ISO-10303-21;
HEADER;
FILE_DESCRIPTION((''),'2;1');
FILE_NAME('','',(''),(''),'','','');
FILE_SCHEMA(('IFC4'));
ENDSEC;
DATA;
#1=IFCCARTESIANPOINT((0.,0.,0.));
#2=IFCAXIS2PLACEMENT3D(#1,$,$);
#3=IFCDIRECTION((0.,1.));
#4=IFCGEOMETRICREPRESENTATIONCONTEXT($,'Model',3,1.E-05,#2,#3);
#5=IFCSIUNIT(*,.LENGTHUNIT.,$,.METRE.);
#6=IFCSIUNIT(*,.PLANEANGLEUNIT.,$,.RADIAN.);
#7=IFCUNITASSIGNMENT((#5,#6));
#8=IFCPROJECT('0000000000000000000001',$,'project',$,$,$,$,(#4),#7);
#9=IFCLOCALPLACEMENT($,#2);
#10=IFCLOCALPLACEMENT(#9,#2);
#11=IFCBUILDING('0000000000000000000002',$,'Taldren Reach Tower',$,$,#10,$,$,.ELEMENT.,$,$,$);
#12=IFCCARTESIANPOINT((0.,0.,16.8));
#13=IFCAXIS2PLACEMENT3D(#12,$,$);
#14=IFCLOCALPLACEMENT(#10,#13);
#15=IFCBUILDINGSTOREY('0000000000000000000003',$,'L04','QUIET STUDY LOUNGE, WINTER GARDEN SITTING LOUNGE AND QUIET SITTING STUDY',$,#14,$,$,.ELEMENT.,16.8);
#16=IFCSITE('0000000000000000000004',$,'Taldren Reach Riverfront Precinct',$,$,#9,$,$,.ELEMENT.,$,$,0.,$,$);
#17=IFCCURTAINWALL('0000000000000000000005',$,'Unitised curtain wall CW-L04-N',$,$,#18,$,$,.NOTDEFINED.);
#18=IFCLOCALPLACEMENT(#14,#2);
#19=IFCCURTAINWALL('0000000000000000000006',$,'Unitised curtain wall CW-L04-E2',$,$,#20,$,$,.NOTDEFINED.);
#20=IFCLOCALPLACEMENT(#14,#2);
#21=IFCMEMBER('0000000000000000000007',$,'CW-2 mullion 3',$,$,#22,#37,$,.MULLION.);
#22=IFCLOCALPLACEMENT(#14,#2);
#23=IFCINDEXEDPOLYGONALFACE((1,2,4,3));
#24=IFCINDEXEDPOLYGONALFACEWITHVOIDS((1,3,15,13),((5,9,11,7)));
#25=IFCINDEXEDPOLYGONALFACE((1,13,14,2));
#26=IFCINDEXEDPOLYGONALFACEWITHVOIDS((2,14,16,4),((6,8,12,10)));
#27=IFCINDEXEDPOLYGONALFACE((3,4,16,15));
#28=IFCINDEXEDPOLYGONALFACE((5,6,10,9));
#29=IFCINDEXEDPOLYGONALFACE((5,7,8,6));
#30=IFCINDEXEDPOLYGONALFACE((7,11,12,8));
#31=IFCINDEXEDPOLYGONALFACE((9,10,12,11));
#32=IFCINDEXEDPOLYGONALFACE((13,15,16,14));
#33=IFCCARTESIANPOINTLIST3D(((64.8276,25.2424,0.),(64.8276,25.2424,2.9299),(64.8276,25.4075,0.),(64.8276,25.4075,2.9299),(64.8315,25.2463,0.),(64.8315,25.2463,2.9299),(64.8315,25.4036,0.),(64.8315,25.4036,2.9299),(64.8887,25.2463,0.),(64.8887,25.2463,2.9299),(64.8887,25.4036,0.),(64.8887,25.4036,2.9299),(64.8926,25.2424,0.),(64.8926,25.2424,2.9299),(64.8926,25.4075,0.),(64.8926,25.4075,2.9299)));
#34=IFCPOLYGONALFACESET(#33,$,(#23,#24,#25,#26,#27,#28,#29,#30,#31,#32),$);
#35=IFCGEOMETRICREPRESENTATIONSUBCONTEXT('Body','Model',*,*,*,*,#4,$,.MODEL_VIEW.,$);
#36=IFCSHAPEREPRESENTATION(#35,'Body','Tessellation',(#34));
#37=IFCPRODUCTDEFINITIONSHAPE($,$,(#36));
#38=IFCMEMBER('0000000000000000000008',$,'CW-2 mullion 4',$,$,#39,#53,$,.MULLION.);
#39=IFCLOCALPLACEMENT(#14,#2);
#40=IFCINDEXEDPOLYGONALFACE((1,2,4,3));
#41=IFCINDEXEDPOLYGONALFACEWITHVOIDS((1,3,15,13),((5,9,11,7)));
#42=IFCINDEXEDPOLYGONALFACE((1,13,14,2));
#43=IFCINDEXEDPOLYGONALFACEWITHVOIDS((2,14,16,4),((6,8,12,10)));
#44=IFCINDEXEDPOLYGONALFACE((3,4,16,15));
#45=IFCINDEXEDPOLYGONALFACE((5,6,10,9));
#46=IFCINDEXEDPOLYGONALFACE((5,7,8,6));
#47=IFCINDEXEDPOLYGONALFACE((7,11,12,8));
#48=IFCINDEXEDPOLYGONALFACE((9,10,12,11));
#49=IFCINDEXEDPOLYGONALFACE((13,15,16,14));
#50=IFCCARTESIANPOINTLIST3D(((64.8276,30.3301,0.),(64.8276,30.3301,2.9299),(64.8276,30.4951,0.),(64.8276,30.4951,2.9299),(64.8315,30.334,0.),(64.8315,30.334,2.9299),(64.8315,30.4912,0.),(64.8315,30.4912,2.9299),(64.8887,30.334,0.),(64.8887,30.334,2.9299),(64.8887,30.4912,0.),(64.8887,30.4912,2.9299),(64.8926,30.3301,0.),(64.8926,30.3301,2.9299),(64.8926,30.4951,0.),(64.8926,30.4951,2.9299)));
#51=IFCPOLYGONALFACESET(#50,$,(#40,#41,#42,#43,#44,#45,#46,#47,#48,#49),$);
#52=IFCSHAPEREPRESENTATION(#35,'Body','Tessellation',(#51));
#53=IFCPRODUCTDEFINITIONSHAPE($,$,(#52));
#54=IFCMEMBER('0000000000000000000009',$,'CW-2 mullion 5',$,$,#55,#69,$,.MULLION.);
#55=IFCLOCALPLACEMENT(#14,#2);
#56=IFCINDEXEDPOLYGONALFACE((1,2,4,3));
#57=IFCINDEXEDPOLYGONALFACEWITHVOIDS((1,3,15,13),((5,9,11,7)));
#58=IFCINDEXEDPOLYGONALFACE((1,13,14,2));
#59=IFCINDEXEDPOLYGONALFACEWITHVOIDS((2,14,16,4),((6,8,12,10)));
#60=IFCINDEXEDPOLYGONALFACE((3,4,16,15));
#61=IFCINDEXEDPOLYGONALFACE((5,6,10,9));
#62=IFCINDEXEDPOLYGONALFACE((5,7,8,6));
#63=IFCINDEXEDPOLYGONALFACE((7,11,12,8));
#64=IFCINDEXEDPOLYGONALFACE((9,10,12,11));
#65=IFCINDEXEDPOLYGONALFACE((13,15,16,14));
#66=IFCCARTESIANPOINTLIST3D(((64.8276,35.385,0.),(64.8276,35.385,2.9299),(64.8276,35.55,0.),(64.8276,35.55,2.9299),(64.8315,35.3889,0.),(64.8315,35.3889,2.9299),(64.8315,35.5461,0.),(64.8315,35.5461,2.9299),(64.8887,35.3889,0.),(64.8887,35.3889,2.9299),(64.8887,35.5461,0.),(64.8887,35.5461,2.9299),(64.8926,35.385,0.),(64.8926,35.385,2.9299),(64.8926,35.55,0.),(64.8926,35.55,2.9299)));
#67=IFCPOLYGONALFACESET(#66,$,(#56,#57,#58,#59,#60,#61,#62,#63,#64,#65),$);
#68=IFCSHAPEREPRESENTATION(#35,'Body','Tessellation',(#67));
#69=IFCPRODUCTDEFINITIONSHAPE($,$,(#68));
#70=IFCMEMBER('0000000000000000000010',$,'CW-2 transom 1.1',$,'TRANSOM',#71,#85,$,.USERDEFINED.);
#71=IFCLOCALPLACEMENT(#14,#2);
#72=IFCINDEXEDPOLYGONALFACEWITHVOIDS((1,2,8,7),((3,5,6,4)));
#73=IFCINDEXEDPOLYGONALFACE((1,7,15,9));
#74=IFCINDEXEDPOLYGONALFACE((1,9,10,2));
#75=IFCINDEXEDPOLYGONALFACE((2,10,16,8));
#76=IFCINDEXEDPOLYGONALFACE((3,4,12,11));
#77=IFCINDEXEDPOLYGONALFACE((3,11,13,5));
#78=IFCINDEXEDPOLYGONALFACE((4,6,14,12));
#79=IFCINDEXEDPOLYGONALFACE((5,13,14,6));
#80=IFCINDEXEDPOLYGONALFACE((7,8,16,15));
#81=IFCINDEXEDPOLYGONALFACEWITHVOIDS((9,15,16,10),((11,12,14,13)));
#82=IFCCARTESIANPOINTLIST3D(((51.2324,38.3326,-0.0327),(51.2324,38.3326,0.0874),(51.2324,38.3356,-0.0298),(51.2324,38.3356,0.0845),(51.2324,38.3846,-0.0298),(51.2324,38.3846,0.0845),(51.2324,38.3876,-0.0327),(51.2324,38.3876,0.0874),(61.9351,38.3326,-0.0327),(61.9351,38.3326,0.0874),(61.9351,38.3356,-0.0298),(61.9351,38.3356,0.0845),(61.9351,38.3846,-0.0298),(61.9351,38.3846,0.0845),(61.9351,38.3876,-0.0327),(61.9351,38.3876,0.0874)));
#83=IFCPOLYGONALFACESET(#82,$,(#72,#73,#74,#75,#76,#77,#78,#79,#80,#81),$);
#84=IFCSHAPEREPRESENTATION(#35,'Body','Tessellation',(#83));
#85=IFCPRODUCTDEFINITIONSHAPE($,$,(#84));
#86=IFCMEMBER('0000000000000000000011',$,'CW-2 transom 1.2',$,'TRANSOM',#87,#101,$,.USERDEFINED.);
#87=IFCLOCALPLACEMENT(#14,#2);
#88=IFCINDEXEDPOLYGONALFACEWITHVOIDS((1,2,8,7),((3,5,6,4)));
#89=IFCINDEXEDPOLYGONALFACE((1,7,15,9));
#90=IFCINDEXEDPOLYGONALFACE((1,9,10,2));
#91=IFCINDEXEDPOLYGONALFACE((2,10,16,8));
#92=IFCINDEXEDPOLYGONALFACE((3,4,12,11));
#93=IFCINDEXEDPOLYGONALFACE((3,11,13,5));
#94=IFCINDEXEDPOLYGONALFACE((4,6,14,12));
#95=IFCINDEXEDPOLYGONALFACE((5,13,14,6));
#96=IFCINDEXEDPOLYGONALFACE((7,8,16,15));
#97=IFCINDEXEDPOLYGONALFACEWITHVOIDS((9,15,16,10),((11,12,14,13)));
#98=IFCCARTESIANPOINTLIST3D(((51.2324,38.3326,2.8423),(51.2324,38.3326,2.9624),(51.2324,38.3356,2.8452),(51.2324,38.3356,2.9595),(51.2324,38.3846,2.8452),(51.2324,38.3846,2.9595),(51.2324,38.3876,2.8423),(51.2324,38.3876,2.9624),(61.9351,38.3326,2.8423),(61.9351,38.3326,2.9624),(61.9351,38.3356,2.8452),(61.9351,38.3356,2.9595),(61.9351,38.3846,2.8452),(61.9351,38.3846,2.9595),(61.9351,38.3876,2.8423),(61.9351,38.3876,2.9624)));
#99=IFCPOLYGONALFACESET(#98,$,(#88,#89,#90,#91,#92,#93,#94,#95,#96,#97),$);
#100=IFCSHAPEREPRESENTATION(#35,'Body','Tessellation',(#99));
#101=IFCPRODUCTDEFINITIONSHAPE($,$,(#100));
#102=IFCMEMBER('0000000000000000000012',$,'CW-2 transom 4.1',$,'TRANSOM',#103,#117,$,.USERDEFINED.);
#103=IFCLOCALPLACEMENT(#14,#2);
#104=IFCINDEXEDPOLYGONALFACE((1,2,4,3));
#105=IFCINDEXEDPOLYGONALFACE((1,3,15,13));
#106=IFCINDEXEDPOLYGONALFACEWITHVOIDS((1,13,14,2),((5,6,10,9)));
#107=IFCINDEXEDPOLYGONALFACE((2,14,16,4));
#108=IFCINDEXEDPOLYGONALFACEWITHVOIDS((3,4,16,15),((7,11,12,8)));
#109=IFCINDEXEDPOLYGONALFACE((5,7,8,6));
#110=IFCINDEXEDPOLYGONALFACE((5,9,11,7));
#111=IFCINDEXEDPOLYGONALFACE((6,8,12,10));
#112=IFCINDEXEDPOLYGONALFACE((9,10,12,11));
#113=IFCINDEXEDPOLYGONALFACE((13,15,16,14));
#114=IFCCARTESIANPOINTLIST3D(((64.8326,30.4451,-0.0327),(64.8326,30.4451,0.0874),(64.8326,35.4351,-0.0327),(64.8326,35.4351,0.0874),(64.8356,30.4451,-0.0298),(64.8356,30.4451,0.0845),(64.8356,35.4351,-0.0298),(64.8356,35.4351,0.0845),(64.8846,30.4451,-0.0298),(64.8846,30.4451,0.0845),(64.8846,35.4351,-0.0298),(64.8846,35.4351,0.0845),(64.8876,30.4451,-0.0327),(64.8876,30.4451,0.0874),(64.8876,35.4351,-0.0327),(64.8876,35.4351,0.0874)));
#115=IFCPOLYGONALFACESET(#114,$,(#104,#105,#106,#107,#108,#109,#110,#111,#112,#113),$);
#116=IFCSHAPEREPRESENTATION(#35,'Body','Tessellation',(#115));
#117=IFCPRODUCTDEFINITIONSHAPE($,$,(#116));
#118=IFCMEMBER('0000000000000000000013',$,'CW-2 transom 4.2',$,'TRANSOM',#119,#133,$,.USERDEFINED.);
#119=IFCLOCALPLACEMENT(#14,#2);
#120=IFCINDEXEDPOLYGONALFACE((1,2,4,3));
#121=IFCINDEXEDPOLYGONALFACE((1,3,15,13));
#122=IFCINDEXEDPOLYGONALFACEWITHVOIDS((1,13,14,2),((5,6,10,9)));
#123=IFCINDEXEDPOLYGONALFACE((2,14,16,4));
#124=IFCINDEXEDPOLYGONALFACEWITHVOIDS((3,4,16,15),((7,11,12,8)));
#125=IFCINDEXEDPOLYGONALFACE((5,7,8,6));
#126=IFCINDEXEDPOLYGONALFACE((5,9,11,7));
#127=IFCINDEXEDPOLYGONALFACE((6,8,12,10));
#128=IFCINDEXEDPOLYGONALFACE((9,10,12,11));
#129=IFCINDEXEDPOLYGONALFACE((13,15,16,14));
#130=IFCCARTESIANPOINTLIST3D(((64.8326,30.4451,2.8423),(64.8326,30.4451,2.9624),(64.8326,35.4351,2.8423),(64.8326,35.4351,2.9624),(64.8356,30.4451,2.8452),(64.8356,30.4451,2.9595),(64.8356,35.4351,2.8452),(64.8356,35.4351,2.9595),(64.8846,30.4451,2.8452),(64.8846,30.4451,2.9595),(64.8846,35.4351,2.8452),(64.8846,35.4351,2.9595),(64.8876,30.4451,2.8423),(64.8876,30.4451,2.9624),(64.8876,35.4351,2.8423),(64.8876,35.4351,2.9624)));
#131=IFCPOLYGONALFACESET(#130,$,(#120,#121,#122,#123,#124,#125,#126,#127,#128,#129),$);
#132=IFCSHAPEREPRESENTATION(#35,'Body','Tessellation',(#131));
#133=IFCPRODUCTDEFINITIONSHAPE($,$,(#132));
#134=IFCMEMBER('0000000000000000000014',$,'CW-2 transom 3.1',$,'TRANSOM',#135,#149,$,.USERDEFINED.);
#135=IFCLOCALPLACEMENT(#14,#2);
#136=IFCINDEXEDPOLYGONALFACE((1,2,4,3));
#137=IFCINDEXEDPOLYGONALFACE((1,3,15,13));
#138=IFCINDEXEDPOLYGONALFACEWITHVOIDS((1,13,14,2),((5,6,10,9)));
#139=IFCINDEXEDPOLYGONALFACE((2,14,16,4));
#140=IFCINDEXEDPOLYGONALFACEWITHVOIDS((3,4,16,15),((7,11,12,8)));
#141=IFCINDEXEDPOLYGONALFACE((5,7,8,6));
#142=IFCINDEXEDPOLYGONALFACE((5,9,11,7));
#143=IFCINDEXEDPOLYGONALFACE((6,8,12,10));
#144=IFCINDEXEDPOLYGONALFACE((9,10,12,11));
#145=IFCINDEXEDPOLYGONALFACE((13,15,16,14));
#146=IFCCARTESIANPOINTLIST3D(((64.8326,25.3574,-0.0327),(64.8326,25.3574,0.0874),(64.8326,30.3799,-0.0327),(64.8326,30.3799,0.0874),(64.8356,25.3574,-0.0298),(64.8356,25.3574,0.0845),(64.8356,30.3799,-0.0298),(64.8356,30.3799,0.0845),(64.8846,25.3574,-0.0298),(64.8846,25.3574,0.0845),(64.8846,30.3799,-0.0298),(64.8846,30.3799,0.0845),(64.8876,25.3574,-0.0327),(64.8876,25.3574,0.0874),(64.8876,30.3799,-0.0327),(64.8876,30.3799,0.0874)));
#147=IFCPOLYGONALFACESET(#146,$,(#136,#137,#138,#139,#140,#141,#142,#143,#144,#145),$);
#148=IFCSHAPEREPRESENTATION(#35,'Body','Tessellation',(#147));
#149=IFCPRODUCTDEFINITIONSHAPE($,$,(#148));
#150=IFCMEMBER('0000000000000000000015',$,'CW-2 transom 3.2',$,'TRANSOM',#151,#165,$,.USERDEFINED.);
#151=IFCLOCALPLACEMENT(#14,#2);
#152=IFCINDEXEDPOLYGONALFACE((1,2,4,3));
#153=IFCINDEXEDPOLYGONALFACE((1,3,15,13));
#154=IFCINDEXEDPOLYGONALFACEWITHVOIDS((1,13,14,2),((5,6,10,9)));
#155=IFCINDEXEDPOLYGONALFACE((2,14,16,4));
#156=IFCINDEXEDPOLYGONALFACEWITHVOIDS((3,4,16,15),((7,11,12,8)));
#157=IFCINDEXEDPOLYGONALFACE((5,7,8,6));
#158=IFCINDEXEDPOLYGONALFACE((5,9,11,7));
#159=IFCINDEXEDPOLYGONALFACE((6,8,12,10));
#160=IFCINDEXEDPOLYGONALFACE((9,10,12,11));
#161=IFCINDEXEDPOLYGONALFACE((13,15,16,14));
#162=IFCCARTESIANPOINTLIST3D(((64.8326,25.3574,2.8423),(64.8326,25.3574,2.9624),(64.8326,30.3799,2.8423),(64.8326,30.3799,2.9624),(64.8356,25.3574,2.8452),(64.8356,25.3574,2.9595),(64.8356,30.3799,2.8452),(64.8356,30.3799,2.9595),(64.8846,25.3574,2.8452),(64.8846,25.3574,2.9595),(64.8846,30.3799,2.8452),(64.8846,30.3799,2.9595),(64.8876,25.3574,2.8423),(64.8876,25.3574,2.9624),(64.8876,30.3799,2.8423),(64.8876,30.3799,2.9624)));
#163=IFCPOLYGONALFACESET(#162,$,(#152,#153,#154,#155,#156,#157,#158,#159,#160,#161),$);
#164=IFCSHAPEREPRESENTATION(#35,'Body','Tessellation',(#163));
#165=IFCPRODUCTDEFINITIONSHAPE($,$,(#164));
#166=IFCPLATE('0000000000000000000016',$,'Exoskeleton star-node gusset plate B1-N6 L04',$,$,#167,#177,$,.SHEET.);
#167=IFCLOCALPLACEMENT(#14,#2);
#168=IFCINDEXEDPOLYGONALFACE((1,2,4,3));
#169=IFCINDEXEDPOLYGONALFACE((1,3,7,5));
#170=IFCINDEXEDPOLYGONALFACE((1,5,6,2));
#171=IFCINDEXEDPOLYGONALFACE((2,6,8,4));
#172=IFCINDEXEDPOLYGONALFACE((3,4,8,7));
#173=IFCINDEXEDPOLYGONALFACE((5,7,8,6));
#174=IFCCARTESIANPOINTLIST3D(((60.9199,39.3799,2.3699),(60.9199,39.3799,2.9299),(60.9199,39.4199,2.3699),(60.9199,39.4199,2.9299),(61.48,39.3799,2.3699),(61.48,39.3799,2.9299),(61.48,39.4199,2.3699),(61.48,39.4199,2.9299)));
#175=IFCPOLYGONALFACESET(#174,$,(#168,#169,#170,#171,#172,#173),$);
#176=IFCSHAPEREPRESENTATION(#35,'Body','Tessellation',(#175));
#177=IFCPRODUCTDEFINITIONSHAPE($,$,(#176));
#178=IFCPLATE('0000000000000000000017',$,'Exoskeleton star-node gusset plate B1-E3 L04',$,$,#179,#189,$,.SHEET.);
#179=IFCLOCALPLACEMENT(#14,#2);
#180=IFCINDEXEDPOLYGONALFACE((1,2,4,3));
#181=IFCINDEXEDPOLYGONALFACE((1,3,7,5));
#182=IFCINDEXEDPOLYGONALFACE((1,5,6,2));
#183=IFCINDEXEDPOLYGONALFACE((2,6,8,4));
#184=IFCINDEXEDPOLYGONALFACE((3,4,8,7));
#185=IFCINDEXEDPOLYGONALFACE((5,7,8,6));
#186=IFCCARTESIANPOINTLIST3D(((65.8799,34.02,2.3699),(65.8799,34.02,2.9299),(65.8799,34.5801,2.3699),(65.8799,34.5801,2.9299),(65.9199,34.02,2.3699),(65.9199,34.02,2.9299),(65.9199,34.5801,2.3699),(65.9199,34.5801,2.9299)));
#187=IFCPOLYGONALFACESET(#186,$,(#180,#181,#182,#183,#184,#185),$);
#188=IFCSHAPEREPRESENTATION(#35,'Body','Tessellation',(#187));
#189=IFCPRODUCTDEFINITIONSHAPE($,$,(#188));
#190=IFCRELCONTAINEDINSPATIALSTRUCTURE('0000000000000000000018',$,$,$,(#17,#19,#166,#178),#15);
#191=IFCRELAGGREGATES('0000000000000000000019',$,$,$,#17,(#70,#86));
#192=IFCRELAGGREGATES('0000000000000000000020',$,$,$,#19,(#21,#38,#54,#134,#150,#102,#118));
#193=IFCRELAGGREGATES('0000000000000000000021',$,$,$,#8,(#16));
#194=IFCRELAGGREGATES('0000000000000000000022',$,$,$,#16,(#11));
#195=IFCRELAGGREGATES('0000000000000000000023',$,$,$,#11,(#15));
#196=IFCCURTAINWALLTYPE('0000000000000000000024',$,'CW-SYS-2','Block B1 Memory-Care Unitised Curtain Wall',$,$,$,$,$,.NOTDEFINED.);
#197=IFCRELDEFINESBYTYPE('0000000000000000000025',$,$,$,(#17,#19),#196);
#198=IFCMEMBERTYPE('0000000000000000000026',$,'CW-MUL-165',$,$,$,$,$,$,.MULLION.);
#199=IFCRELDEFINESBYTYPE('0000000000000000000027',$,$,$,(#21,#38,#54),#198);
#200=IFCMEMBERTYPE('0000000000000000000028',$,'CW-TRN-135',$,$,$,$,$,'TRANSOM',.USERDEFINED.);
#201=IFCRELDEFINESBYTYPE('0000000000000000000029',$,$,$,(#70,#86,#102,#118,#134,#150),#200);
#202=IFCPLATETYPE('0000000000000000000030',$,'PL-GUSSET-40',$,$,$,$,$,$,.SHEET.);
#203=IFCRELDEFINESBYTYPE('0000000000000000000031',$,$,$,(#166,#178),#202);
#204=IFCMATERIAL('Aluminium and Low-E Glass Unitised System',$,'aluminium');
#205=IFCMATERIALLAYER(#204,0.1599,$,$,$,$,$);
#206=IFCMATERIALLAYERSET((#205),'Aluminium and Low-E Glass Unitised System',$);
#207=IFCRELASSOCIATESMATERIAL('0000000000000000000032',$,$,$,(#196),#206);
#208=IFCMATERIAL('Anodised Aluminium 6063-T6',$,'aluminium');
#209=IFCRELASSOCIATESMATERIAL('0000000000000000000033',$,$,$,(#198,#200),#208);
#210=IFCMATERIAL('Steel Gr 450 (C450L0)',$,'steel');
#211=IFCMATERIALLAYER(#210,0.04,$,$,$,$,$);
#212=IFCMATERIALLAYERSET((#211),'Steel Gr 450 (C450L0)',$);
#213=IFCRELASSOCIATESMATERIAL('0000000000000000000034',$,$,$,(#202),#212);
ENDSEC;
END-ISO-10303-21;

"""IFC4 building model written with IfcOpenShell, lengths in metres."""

from ifc_helpers import new_model, si_unit, direction, frame, origin, origin_2d, place, context, subcontext, project, spatial, rectangle, hollow_rectangle, extrude, source, transform, mapped, material, layer, layer_set, material_profile, profile_set, type_object, element, aggregate, save


model = new_model("IFC4")

# Units and contexts
model_context = context("Model", 3, precision=1e-05, world=origin(), true_north=direction((0.0, 1.0)))
body_context = subcontext(model_context, "Body", "Model", "MODEL_VIEW")
ifc_project = project(units=[si_unit("LENGTHUNIT", "METRE"), si_unit("PLANEANGLEUNIT", "RADIAN")], contexts=[model_context])

# Site, building, storey
site_placement = place(None, origin())
site = spatial("IfcSite", under=ifc_project, at=site_placement, Name="Taldren Reach Riverfront Precinct", CompositionType="ELEMENT", RefElevation=0.0)
building_placement = place(site_placement, origin())
building = spatial("IfcBuilding", under=site, at=building_placement, Name="Taldren Reach Tower", CompositionType="ELEMENT")
storey_placement = place(building_placement, frame((0.0, 0.0, 16.8)))
storey = spatial("IfcBuildingStorey", under=building, at=storey_placement, Name="L04", Description="QUIET STUDY LOUNGE, WINTER GARDEN SITTING LOUNGE AND QUIET SITTING STUDY", CompositionType="ELEMENT", Elevation=16.8)

# Shared definitions
ifc_material_1 = material(Name="Steel Gr 450 (C450L0)", Category="steel")

# Curtain wall
ifc_material_2 = material(Name="Aluminium and Low-E Glass Unitised System", Category="aluminium")
ifc_layer_1 = layer(ifc_material_2, 0.1599)
ifc_layer_set_1 = layer_set([ifc_layer_1], Name="Aluminium and Low-E Glass Unitised System")
curtain_wall_type = type_object("IfcCurtainWallType", Name="CW-SYS-2", Description="Block B1 Memory-Care Unitised Curtain Wall", PredefinedType="NOTDEFINED", material=ifc_layer_set_1)
curtain_wall_1_placement = place(storey_placement, origin())
curtain_wall_1 = element("IfcCurtainWall", 1, at=curtain_wall_1_placement, inside=storey, type_object=curtain_wall_type, Name="Unitised curtain wall CW-L04-N", PredefinedType="NOTDEFINED")
ifc_material_3 = material(Name="Anodised Aluminium 6063-T6", Category="aluminium")
ifc_material_profile_1 = material_profile(ifc_material_3, hollow_rectangle(XDim=0.0649, YDim=0.165, WallThickness=0.0039, at=origin_2d()), Name="ALU-165x65x4RHS")
ifc_profile_set_1 = profile_set([ifc_material_profile_1], Name="Anodised Aluminium 6063-T6")
member_type_1 = type_object("IfcMemberType", Name="CW-MUL-165", PredefinedType="MULLION", material=ifc_profile_set_1)
shared_shape_1 = source(origin(), body_context, "Body", "SweptSolid", [
    extrude(hollow_rectangle(XDim=0.0649, YDim=0.165, WallThickness=0.0039, at=origin_2d()), origin(), (0.0, 0.0, 1.0), 2.9299),
])

# Curtain wall, members
curtain_wall_2_placement = place(storey_placement, origin())
curtain_wall_2 = element("IfcCurtainWall", 2, at=curtain_wall_2_placement, inside=storey, type_object=curtain_wall_type, Name="Unitised curtain wall CW-L04-E2", PredefinedType="NOTDEFINED")
member_1_placement = place(storey_placement, frame((64.8601, 25.325, 0.0), z_axis=(0.0, 0.0, 1.0), x_axis=(-1.0, 0.0, 0.0)))
member_1 = element("IfcMember", 3, at=member_1_placement, type_object=member_type_1, Name="CW-2 mullion 3", PredefinedType="MULLION", context=body_context, shape_type="MappedRepresentation", body=[
    mapped(shared_shape_1, transform((0.0, 0.0, 0.0), scale=1.0)),
])
member_2_placement = place(storey_placement, frame((64.8601, 30.4126, 0.0), z_axis=(0.0, 0.0, 1.0), x_axis=(-1.0, 0.0, 0.0)))
member_2 = element("IfcMember", 4, at=member_2_placement, type_object=member_type_1, Name="CW-2 mullion 4", PredefinedType="MULLION", context=body_context, shape_type="MappedRepresentation", body=[
    mapped(shared_shape_1, transform((0.0, 0.0, 0.0), scale=1.0)),
])
member_3_placement = place(storey_placement, frame((64.8601, 35.4675, 0.0), z_axis=(0.0, 0.0, 1.0), x_axis=(-1.0, 0.0, 0.0)))
member_3 = element("IfcMember", 5, at=member_3_placement, type_object=member_type_1, Name="CW-2 mullion 5", PredefinedType="MULLION", context=body_context, shape_type="MappedRepresentation", body=[
    mapped(shared_shape_1, transform((0.0, 0.0, 0.0), scale=1.0)),
])

# Members
ifc_material_profile_2 = material_profile(ifc_material_3, hollow_rectangle(XDim=0.0549, YDim=0.1201, WallThickness=0.0029, at=origin_2d()), Name="ALU-120x55x3RHS")
ifc_profile_set_2 = profile_set([ifc_material_profile_2], Name="Anodised Aluminium 6063-T6")
member_type_2 = type_object("IfcMemberType", Name="CW-TRN-135", ElementType="TRANSOM", PredefinedType="USERDEFINED", material=ifc_profile_set_2)
shared_shape_2 = source(origin(), body_context, "Body", "SweptSolid", [
    extrude(hollow_rectangle(XDim=0.0549, YDim=0.1201, WallThickness=0.0029, at=origin_2d()), origin(), (0.0, 0.0, 1.0), 10.7026),
])
member_4_placement = place(storey_placement, frame((61.9351, 38.3601, 0.0273), z_axis=(-1.0, 0.0, 0.0), x_axis=(0.0, -1.0, 0.0)))
member_4 = element("IfcMember", 6, at=member_4_placement, type_object=member_type_2, Name="CW-2 transom 1.1", ObjectType="TRANSOM", PredefinedType="USERDEFINED", context=body_context, shape_type="MappedRepresentation", body=[
    mapped(shared_shape_2, transform((0.0, 0.0, 0.0), scale=1.0)),
])
member_5_placement = place(storey_placement, frame((61.9351, 38.3601, 2.9023), z_axis=(-1.0, 0.0, 0.0), x_axis=(0.0, -1.0, 0.0)))
member_5 = element("IfcMember", 7, at=member_5_placement, type_object=member_type_2, Name="CW-2 transom 1.2", ObjectType="TRANSOM", PredefinedType="USERDEFINED", context=body_context, shape_type="MappedRepresentation", body=[
    mapped(shared_shape_2, transform((0.0, 0.0, 0.0), scale=1.0)),
])
aggregate(curtain_wall_1, [member_4, member_5])
shared_shape_3 = source(origin(), body_context, "Body", "SweptSolid", [
    extrude(hollow_rectangle(XDim=0.0549, YDim=0.1201, WallThickness=0.0029, at=origin_2d()), origin(), (0.0, 0.0, 1.0), 4.99),
])
member_6_placement = place(storey_placement, frame((64.8601, 30.4451, 0.0273), z_axis=(0.0, 1.0, 0.0), x_axis=(-1.0, 0.0, 0.0)))
member_6 = element("IfcMember", 8, at=member_6_placement, type_object=member_type_2, Name="CW-2 transom 4.1", ObjectType="TRANSOM", PredefinedType="USERDEFINED", context=body_context, shape_type="MappedRepresentation", body=[
    mapped(shared_shape_3, transform((0.0, 0.0, 0.0), scale=1.0)),
])
member_7_placement = place(storey_placement, frame((64.8601, 30.4451, 2.9023), z_axis=(0.0, 1.0, 0.0), x_axis=(-1.0, 0.0, 0.0)))
member_7 = element("IfcMember", 9, at=member_7_placement, type_object=member_type_2, Name="CW-2 transom 4.2", ObjectType="TRANSOM", PredefinedType="USERDEFINED", context=body_context, shape_type="MappedRepresentation", body=[
    mapped(shared_shape_3, transform((0.0, 0.0, 0.0), scale=1.0)),
])
shared_shape_4 = source(origin(), body_context, "Body", "SweptSolid", [
    extrude(hollow_rectangle(XDim=0.0549, YDim=0.1201, WallThickness=0.0029, at=origin_2d()), origin(), (0.0, 0.0, 1.0), 5.0225),
])
member_8_placement = place(storey_placement, frame((64.8601, 25.3574, 0.0273), z_axis=(0.0, 1.0, 0.0), x_axis=(-1.0, 0.0, 0.0)))
member_8 = element("IfcMember", 10, at=member_8_placement, type_object=member_type_2, Name="CW-2 transom 3.1", ObjectType="TRANSOM", PredefinedType="USERDEFINED", context=body_context, shape_type="MappedRepresentation", body=[
    mapped(shared_shape_4, transform((0.0, 0.0, 0.0), scale=1.0)),
])
member_9_placement = place(storey_placement, frame((64.8601, 25.3574, 2.9023), z_axis=(0.0, 1.0, 0.0), x_axis=(-1.0, 0.0, 0.0)))
member_9 = element("IfcMember", 11, at=member_9_placement, type_object=member_type_2, Name="CW-2 transom 3.2", ObjectType="TRANSOM", PredefinedType="USERDEFINED", context=body_context, shape_type="MappedRepresentation", body=[
    mapped(shared_shape_4, transform((0.0, 0.0, 0.0), scale=1.0)),
])

# Plates
ifc_layer_2 = layer(ifc_material_1, 0.04)
ifc_layer_set_2 = layer_set([ifc_layer_2], Name="Steel Gr 450 (C450L0)")
plate_type_1 = type_object("IfcPlateType", Name="PL-GUSSET-40", PredefinedType="SHEET", material=ifc_layer_set_2)
shared_shape_5 = source(origin(), body_context, "Body", "SweptSolid", [
    extrude(rectangle(XDim=0.5601, YDim=0.04, at=origin_2d()), origin(), (0.0, 0.0, 1.0), 0.5601),
])
for number, where, z_axis, x_axis, name in (
    (12, (61.2, 39.3999, 2.3699), (0.0, 0.0, 1.0), (1.0, 0.0, 0.0), "Exoskeleton star-node gusset plate B1-N6 L04"),
    (13, (65.8999, 34.3, 2.3699), (0.0, 0.0, 1.0), (0.0, 1.0, 0.0), "Exoskeleton star-node gusset plate B1-E3 L04"),
):
    element("IfcPlate", number, at=place(storey_placement, frame(where, z_axis=z_axis, x_axis=x_axis)), inside=storey, type_object=plate_type_1, Name=name, PredefinedType="SHEET", context=body_context, shape_type="MappedRepresentation", body=[
        mapped(shared_shape_5, transform((0.0, 0.0, 0.0), scale=1.0)),
    ])

aggregate(curtain_wall_2, [member_1, member_2, member_3, member_8, member_9, member_6, member_7])

save(model, "model.ifc")
